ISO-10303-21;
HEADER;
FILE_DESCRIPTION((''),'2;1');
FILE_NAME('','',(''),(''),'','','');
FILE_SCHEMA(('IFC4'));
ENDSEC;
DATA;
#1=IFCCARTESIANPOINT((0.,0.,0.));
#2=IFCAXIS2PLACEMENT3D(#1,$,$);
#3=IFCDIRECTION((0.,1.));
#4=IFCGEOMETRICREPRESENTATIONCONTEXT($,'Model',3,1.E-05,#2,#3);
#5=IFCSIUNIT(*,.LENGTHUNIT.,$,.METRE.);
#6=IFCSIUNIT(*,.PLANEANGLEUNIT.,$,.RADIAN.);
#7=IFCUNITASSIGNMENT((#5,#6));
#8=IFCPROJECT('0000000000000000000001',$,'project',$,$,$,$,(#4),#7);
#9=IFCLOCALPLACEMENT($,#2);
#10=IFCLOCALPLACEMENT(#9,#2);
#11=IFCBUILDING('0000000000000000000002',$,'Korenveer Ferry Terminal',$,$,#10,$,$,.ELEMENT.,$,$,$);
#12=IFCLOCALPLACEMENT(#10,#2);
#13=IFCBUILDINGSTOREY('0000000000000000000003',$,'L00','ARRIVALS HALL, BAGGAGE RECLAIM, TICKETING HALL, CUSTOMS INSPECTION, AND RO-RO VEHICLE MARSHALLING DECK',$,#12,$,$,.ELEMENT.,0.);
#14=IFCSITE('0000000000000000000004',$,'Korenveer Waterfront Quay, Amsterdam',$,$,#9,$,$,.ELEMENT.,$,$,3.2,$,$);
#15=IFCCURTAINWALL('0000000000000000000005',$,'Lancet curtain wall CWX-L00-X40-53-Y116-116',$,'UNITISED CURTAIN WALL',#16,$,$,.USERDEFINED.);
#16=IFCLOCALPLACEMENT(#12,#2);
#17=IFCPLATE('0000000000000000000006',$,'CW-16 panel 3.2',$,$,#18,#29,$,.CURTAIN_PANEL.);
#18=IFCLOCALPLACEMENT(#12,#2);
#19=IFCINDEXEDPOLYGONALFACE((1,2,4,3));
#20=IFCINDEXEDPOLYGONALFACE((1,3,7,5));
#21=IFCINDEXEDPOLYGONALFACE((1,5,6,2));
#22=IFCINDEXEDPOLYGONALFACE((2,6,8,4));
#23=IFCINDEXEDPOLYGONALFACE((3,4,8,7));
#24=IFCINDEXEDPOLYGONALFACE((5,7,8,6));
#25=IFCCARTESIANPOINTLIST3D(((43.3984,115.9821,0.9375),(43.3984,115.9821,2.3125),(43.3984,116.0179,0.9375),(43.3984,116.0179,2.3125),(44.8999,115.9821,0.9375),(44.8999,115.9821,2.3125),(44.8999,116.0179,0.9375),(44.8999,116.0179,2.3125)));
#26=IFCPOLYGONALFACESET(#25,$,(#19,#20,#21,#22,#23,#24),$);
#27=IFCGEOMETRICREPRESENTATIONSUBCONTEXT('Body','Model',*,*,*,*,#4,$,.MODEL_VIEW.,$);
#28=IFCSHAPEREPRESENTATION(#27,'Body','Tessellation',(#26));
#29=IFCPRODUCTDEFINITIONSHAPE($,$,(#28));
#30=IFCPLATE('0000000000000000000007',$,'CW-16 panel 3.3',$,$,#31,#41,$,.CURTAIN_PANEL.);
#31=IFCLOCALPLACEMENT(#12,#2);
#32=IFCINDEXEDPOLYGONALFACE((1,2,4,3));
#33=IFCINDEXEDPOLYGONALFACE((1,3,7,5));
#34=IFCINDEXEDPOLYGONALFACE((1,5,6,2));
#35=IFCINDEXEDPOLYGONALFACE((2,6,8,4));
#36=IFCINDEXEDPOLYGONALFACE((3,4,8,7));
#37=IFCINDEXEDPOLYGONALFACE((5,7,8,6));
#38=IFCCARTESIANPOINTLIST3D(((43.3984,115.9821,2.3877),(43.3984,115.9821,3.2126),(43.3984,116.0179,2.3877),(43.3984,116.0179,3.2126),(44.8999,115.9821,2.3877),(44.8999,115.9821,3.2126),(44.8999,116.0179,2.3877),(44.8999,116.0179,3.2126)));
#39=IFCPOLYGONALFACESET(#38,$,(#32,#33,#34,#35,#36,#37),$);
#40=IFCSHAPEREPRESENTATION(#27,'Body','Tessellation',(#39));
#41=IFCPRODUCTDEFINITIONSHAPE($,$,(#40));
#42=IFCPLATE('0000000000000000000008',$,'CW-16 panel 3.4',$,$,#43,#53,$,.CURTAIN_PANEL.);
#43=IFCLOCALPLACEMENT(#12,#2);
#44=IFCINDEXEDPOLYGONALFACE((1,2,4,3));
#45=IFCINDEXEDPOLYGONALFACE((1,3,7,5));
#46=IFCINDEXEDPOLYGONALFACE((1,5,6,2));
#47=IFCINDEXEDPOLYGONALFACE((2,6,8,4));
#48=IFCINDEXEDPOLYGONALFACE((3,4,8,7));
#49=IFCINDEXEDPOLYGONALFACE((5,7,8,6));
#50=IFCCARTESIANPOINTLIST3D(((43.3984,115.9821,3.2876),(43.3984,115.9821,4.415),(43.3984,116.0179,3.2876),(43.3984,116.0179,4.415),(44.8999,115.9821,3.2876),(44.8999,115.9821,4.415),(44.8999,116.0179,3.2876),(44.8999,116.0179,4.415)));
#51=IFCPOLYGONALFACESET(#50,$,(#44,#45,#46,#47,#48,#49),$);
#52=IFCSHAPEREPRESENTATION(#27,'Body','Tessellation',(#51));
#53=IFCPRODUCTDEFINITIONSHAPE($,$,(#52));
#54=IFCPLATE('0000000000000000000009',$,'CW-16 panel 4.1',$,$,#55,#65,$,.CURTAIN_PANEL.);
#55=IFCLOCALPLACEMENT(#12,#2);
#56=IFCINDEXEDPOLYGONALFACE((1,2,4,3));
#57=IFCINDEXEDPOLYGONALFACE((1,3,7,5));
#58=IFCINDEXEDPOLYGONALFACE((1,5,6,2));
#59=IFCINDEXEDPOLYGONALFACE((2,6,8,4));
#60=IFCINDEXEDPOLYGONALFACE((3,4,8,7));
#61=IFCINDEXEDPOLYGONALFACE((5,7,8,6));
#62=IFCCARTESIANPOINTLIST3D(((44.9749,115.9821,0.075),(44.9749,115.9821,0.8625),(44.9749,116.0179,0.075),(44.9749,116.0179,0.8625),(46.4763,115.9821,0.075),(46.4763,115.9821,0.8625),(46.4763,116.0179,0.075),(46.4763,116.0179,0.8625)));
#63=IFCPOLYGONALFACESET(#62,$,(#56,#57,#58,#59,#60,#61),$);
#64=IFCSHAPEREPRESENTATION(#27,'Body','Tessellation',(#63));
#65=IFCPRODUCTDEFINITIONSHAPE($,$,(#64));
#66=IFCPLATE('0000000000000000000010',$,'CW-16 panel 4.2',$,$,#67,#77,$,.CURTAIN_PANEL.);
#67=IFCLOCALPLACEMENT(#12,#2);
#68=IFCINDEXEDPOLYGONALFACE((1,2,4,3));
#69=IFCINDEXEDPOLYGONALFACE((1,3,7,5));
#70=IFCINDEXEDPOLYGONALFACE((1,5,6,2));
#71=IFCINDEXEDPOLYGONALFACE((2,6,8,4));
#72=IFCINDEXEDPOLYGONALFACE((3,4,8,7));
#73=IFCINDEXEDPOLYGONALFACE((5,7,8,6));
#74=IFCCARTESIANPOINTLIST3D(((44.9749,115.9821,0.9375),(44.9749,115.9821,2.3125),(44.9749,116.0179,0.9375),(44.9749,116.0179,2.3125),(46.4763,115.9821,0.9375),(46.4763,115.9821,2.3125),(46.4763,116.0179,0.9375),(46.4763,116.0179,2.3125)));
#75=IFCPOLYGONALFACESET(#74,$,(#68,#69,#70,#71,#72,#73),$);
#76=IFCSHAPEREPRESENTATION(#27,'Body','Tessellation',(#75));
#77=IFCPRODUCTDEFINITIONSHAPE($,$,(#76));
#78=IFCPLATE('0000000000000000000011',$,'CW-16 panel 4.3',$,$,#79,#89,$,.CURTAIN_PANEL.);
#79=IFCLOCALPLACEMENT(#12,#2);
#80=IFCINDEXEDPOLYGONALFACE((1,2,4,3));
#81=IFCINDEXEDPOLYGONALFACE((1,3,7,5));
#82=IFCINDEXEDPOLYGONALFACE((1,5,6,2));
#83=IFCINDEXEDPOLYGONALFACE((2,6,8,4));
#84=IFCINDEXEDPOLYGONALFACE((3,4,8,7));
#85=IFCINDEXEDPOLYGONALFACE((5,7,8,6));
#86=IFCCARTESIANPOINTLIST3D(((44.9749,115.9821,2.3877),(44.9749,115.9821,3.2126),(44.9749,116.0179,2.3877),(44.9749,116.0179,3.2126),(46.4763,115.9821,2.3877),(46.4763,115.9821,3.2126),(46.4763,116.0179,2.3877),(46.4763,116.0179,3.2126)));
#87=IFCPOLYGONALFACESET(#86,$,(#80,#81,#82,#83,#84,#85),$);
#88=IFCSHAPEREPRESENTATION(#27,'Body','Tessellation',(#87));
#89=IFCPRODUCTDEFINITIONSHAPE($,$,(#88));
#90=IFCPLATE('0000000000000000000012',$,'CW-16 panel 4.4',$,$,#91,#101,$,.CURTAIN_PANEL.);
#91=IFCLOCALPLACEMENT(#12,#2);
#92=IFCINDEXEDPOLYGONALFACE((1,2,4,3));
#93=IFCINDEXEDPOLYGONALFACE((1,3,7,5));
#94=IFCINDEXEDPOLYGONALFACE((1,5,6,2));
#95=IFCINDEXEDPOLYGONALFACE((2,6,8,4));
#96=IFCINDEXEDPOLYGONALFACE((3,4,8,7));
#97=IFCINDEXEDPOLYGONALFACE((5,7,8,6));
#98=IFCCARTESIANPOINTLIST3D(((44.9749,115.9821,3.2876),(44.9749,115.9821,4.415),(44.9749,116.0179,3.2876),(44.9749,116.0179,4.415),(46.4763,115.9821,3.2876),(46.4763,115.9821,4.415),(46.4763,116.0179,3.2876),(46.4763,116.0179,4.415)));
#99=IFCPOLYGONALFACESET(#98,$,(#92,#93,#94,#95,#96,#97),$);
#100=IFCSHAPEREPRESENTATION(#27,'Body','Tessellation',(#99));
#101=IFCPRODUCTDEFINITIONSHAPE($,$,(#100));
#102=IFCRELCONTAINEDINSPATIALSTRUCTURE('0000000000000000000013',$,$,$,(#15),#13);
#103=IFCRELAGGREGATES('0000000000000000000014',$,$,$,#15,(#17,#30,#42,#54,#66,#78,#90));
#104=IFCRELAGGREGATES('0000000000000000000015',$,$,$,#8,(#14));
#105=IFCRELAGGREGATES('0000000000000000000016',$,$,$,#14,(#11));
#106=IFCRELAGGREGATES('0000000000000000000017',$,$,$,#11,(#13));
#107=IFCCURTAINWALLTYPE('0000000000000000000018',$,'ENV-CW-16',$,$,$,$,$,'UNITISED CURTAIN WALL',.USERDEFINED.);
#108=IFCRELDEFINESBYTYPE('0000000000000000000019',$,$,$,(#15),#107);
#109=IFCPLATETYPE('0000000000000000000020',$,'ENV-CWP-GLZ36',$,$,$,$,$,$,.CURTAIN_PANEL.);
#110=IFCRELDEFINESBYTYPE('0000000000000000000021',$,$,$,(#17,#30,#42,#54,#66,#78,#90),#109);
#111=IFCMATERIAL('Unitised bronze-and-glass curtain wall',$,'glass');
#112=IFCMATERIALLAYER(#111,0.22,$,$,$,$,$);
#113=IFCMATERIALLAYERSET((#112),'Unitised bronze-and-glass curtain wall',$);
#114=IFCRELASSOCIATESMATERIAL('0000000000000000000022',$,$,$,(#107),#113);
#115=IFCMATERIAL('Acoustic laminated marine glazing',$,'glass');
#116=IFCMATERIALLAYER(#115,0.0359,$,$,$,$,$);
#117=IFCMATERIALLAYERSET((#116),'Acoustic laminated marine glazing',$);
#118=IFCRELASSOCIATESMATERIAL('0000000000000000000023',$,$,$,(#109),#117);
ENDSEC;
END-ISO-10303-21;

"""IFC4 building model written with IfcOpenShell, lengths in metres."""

from ifc_helpers import new_model, si_unit, direction, frame, origin, origin_2d, place, context, subcontext, project, spatial, rectangle, extrude, material, layer, layer_set, type_object, element, aggregate, save


model = new_model("IFC4")

# Units and contexts
model_context = context("Model", 3, precision=1e-05, world=origin(), true_north=direction((0.0, 1.0)))
body_context = subcontext(model_context, "Body", "Model", "MODEL_VIEW")
ifc_project = project(units=[si_unit("LENGTHUNIT", "METRE"), si_unit("PLANEANGLEUNIT", "RADIAN")], contexts=[model_context])

# Site, building, storey
site_placement = place(None, origin())
site = spatial("IfcSite", under=ifc_project, at=site_placement, Name="Korenveer Waterfront Quay, Amsterdam", CompositionType="ELEMENT", RefElevation=3.2)
building_placement = place(site_placement, origin())
building = spatial("IfcBuilding", under=site, at=building_placement, Name="Korenveer Ferry Terminal", CompositionType="ELEMENT")
storey_placement = place(building_placement, origin())
storey = spatial("IfcBuildingStorey", under=building, at=storey_placement, Name="L00", Description="ARRIVALS HALL, BAGGAGE RECLAIM, TICKETING HALL, CUSTOMS INSPECTION, AND RO-RO VEHICLE MARSHALLING DECK", CompositionType="ELEMENT", Elevation=0.0)

# Curtain wall, plates
ifc_material_1 = material(Name="Unitised bronze-and-glass curtain wall", Category="glass")
ifc_layer_1 = layer(ifc_material_1, 0.22)
ifc_layer_set_1 = layer_set([ifc_layer_1], Name="Unitised bronze-and-glass curtain wall")
curtain_wall_type = type_object("IfcCurtainWallType", Name="ENV-CW-16", ElementType="UNITISED CURTAIN WALL", PredefinedType="USERDEFINED", material=ifc_layer_set_1)
curtain_wall_placement = place(storey_placement, frame((40.2078, 116.0, 0.0)))
curtain_wall = element("IfcCurtainWall", 1, at=curtain_wall_placement, inside=storey, type_object=curtain_wall_type, Name="Lancet curtain wall CWX-L00-X40-53-Y116-116", ObjectType="UNITISED CURTAIN WALL", PredefinedType="USERDEFINED")
ifc_material_2 = material(Name="Acoustic laminated marine glazing", Category="glass")
ifc_layer_2 = layer(ifc_material_2, 0.0359)
ifc_layer_set_2 = layer_set([ifc_layer_2], Name="Acoustic laminated marine glazing")
plate_type = type_object("IfcPlateType", Name="ENV-CWP-GLZ36", PredefinedType="CURTAIN_PANEL", material=ifc_layer_set_2)
plate_1_placement = place(storey_placement, frame((44.1492, 116.0, 0.9375), z_axis=(0.0, 0.0, 1.0), x_axis=(1.0, 0.0, 0.0)))
plate_1 = element("IfcPlate", 2, at=plate_1_placement, type_object=plate_type, Name="CW-16 panel 3.2", PredefinedType="CURTAIN_PANEL", context=body_context, shape_type="SweptSolid", body=[
    extrude(rectangle(XDim=1.5015, YDim=0.0359, at=origin_2d()), origin(), (0.0, 0.0, 1.0), 1.375),
])
plate_2_placement = place(storey_placement, frame((44.1492, 116.0, 2.3877), z_axis=(0.0, 0.0, 1.0), x_axis=(1.0, 0.0, 0.0)))
plate_2 = element("IfcPlate", 3, at=plate_2_placement, type_object=plate_type, Name="CW-16 panel 3.3", PredefinedType="CURTAIN_PANEL", context=body_context, shape_type="SweptSolid", body=[
    extrude(rectangle(XDim=1.5015, YDim=0.0359, at=origin_2d()), origin(), (0.0, 0.0, 1.0), 0.825),
])
plate_3_placement = place(storey_placement, frame((44.1492, 116.0, 3.2876), z_axis=(0.0, 0.0, 1.0), x_axis=(1.0, 0.0, 0.0)))
plate_3 = element("IfcPlate", 4, at=plate_3_placement, type_object=plate_type, Name="CW-16 panel 3.4", PredefinedType="CURTAIN_PANEL", context=body_context, shape_type="SweptSolid", body=[
    extrude(rectangle(XDim=1.5015, YDim=0.0359, at=origin_2d()), origin(), (0.0, 0.0, 1.0), 1.1274),
])
plate_4_placement = place(storey_placement, frame((45.7256, 116.0, 0.075), z_axis=(0.0, 0.0, 1.0), x_axis=(1.0, 0.0, 0.0)))
plate_4 = element("IfcPlate", 5, at=plate_4_placement, type_object=plate_type, Name="CW-16 panel 4.1", PredefinedType="CURTAIN_PANEL", context=body_context, shape_type="SweptSolid", body=[
    extrude(rectangle(XDim=1.5015, YDim=0.0359, at=origin_2d()), origin(), (0.0, 0.0, 1.0), 0.7876),
])
plate_5_placement = place(storey_placement, frame((45.7256, 116.0, 0.9375), z_axis=(0.0, 0.0, 1.0), x_axis=(1.0, 0.0, 0.0)))
plate_5 = element("IfcPlate", 6, at=plate_5_placement, type_object=plate_type, Name="CW-16 panel 4.2", PredefinedType="CURTAIN_PANEL", context=body_context, shape_type="SweptSolid", body=[
    extrude(rectangle(XDim=1.5015, YDim=0.0359, at=origin_2d()), origin(), (0.0, 0.0, 1.0), 1.375),
])
plate_6_placement = place(storey_placement, frame((45.7256, 116.0, 2.3877), z_axis=(0.0, 0.0, 1.0), x_axis=(1.0, 0.0, 0.0)))
plate_6 = element("IfcPlate", 7, at=plate_6_placement, type_object=plate_type, Name="CW-16 panel 4.3", PredefinedType="CURTAIN_PANEL", context=body_context, shape_type="SweptSolid", body=[
    extrude(rectangle(XDim=1.5015, YDim=0.0359, at=origin_2d()), origin(), (0.0, 0.0, 1.0), 0.825),
])
plate_7_placement = place(storey_placement, frame((45.7256, 116.0, 3.2876), z_axis=(0.0, 0.0, 1.0), x_axis=(1.0, 0.0, 0.0)))
plate_7 = element("IfcPlate", 8, at=plate_7_placement, type_object=plate_type, Name="CW-16 panel 4.4", PredefinedType="CURTAIN_PANEL", context=body_context, shape_type="SweptSolid", body=[
    extrude(rectangle(XDim=1.5015, YDim=0.0359, at=origin_2d()), origin(), (0.0, 0.0, 1.0), 1.1274),
])
aggregate(curtain_wall, [plate_1, plate_2, plate_3, plate_4, plate_5, plate_6, plate_7])

save(model, "model.ifc")
